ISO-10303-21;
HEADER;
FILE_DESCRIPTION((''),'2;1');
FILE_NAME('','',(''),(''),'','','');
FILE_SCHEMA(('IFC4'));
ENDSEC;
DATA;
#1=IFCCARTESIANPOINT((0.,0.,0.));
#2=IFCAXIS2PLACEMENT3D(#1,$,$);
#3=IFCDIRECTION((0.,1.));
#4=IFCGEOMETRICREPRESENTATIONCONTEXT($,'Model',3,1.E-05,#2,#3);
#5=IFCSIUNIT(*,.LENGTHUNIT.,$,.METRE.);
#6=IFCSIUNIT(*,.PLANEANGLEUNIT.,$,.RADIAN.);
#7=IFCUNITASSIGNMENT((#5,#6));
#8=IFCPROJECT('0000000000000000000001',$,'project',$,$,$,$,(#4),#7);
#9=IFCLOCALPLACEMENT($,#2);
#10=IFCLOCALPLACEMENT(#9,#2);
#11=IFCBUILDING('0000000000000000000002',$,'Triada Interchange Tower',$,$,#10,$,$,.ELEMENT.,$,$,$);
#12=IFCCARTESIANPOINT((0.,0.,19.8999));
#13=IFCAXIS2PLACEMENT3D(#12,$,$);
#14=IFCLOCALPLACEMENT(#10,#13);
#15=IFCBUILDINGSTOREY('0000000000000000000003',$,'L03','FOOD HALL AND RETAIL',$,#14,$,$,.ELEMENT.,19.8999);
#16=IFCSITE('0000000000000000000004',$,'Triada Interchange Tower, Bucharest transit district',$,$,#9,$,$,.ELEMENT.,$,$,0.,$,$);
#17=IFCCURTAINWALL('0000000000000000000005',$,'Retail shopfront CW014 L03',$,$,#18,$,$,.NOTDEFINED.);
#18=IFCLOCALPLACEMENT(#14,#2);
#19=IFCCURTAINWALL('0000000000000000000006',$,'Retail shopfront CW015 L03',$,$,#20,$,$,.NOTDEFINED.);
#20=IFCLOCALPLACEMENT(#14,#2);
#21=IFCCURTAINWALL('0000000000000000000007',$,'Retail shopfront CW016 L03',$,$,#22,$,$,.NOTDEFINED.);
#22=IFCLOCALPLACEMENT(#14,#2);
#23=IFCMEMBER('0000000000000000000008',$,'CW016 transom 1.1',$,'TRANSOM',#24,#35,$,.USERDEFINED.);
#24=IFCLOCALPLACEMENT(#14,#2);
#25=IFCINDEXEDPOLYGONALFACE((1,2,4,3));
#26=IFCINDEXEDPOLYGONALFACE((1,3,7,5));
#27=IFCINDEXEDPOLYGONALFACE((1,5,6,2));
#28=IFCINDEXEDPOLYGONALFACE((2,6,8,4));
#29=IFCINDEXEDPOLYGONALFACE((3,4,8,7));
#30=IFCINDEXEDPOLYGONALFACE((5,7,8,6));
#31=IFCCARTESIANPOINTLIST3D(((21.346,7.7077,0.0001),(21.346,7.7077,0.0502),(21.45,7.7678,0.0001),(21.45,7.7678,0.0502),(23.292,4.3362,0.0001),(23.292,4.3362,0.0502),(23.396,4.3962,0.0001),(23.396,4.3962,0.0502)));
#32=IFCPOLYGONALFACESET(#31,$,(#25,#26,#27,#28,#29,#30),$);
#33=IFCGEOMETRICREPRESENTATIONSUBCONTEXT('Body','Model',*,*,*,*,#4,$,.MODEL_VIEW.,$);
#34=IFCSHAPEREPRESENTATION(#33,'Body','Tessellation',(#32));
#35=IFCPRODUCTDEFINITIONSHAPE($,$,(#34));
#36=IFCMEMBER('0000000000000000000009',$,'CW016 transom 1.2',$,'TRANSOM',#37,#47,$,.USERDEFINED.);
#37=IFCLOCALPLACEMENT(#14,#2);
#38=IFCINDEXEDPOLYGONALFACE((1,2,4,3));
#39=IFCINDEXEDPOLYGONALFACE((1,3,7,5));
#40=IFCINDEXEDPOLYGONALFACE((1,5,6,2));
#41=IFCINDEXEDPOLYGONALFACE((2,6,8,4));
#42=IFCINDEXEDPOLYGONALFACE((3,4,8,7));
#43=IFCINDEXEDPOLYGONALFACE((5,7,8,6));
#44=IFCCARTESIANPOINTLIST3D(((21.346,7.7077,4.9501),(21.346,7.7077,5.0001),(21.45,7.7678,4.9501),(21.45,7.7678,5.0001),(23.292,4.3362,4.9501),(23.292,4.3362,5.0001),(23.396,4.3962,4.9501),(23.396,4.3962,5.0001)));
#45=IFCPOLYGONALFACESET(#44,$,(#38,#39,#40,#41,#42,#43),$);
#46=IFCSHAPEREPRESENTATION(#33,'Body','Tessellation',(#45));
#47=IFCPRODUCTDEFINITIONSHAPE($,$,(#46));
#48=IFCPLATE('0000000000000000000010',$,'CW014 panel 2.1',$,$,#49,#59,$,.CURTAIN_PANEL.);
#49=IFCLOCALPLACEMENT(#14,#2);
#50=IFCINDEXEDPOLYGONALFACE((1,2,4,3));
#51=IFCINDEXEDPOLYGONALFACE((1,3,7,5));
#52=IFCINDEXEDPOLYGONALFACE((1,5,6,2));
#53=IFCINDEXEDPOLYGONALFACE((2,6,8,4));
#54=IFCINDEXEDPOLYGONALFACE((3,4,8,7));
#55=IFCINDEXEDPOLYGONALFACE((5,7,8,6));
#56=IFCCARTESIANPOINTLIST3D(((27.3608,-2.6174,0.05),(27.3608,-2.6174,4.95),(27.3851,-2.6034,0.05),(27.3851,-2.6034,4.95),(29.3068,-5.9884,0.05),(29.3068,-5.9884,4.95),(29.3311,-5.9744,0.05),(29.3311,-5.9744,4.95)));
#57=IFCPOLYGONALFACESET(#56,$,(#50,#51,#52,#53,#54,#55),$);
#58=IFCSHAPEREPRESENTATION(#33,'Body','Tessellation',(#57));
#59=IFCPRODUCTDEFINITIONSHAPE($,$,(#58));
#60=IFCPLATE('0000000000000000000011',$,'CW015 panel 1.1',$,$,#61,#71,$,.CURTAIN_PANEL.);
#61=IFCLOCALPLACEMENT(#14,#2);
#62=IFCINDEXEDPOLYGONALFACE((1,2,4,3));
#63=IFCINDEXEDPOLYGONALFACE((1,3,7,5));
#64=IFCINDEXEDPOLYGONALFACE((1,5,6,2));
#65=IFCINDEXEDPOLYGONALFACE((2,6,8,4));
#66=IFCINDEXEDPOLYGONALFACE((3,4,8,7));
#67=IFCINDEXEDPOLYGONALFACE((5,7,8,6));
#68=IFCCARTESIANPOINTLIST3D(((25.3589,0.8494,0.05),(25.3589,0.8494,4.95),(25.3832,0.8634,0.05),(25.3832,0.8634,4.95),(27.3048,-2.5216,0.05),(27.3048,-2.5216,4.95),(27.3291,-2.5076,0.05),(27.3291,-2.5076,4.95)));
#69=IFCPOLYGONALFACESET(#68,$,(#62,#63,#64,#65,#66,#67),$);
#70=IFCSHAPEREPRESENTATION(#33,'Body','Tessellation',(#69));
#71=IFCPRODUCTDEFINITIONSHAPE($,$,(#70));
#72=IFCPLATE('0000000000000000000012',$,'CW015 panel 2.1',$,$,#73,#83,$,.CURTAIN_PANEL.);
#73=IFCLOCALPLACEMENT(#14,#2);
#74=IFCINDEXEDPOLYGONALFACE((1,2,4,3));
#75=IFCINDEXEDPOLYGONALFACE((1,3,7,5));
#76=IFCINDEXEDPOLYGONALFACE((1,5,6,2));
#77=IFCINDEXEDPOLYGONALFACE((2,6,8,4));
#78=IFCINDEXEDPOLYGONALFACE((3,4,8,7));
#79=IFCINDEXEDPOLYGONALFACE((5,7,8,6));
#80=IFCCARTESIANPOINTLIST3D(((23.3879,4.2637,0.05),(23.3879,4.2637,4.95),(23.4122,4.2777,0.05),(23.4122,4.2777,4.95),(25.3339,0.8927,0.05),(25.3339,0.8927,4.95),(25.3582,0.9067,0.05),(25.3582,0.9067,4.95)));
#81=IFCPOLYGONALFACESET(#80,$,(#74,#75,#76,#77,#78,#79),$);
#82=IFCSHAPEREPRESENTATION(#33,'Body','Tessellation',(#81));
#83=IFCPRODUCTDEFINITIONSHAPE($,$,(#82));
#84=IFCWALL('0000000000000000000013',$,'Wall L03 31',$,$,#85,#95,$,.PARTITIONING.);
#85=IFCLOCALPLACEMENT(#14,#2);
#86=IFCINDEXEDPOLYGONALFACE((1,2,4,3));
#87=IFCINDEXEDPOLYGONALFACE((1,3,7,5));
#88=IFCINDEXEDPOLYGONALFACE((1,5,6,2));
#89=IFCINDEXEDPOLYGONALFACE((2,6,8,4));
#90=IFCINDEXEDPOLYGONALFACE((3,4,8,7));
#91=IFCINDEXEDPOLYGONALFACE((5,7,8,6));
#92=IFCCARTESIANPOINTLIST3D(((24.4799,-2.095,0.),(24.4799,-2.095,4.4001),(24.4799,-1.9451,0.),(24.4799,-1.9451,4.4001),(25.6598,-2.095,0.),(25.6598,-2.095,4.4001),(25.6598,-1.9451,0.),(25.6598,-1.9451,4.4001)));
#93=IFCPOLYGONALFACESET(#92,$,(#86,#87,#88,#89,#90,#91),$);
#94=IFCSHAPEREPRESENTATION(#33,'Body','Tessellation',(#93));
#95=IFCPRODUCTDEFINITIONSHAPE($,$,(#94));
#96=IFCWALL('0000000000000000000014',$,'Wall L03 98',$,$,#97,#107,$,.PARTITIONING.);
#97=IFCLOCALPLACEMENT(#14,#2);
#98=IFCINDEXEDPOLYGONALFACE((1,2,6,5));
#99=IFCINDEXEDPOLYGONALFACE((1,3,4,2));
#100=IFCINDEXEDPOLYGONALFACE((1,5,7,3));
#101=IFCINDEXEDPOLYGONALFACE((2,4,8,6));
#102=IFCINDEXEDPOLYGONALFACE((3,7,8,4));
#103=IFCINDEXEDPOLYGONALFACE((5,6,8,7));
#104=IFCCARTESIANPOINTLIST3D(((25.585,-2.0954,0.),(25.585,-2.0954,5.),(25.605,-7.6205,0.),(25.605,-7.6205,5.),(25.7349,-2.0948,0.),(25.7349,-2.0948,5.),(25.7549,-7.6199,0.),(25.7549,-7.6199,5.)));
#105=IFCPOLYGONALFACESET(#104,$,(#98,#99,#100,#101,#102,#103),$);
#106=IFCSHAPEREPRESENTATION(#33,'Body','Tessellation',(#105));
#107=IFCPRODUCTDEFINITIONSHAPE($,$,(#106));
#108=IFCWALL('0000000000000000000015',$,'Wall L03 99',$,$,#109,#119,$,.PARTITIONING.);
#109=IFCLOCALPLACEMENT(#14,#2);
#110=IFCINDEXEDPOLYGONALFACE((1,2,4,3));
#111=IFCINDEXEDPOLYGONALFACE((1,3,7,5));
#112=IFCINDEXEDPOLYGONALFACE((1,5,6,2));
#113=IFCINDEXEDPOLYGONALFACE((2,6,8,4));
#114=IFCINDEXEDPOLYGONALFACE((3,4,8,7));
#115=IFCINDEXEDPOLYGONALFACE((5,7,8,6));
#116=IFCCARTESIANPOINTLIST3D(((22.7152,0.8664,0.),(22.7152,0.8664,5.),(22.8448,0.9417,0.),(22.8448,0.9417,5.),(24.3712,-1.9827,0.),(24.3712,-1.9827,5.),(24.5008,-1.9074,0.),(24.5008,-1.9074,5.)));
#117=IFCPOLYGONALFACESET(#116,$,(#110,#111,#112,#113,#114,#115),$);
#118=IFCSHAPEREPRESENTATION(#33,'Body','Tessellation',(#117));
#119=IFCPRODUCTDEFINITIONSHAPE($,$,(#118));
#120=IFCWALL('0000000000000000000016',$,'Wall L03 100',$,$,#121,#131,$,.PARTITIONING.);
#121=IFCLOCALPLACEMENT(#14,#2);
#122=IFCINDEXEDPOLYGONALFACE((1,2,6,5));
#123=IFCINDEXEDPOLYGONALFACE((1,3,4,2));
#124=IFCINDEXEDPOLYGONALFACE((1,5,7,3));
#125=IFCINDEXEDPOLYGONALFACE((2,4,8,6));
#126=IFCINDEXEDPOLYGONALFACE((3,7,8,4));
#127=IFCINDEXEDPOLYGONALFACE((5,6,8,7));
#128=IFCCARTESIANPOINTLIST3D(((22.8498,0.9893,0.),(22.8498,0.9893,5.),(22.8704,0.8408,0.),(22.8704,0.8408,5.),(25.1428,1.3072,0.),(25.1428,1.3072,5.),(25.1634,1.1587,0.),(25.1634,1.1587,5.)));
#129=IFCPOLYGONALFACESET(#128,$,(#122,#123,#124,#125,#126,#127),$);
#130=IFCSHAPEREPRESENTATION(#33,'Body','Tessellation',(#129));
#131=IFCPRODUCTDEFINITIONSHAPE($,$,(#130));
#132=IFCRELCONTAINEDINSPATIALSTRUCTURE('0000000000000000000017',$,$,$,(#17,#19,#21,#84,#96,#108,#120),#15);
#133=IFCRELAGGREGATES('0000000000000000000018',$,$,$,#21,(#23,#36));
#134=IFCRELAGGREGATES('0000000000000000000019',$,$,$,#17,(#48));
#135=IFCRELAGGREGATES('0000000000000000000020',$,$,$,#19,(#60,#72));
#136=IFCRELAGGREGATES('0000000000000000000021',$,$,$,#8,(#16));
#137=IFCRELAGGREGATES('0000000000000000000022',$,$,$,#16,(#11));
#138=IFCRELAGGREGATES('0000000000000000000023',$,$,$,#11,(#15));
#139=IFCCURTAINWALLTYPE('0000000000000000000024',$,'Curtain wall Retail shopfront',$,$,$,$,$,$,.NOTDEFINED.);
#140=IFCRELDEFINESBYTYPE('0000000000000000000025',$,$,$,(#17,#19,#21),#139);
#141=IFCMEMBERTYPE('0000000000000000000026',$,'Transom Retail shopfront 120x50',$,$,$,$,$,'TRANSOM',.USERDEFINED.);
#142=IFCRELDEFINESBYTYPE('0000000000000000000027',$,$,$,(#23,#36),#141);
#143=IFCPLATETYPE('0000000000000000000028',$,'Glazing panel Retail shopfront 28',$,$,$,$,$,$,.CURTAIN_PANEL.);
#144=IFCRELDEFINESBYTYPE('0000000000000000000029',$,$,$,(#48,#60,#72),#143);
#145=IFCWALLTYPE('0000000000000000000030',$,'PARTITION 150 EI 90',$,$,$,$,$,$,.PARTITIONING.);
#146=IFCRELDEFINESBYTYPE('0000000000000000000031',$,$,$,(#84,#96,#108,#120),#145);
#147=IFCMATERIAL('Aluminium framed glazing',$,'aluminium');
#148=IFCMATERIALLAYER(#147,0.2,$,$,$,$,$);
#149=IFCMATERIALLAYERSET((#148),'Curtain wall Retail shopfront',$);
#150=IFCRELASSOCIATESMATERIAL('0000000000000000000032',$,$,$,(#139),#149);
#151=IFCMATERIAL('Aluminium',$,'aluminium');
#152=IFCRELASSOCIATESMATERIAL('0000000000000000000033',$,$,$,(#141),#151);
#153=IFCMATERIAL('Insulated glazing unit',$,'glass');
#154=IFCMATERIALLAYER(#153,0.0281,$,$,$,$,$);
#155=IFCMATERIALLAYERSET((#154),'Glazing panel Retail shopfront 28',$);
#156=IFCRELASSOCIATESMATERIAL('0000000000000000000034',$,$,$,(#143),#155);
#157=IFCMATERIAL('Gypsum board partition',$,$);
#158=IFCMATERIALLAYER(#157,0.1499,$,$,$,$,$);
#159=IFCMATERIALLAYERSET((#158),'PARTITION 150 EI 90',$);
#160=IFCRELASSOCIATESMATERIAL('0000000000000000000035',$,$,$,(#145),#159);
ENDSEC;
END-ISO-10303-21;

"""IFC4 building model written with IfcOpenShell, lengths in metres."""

from ifc_helpers import new_model, si_unit, direction, frame, frame_2d, origin, origin_2d, place, context, subcontext, project, spatial, rectangle, extrude, material, layer, layer_set, material_profile, profile_set, type_object, element, aggregate, save


model = new_model("IFC4")

# Units and contexts
model_context = context("Model", 3, precision=1e-05, world=origin(), true_north=direction((0.0, 1.0)))
body_context = subcontext(model_context, "Body", "Model", "MODEL_VIEW")
ifc_project = project(units=[si_unit("LENGTHUNIT", "METRE"), si_unit("PLANEANGLEUNIT", "RADIAN")], contexts=[model_context])

# Site, building, storey
site_placement = place(None, origin())
site = spatial("IfcSite", under=ifc_project, at=site_placement, Name="Triada Interchange Tower, Bucharest transit district", CompositionType="ELEMENT", RefElevation=0.0)
building_placement = place(site_placement, origin())
building = spatial("IfcBuilding", under=site, at=building_placement, Name="Triada Interchange Tower", CompositionType="ELEMENT")
storey_placement = place(building_placement, frame((0.0, 0.0, 19.8999)))
storey = spatial("IfcBuildingStorey", under=building, at=storey_placement, Name="L03", Description="FOOD HALL AND RETAIL", CompositionType="ELEMENT", Elevation=19.8999)

# Curtain wall
ifc_material_1 = material(Name="Aluminium framed glazing", Category="aluminium")
ifc_layer_1 = layer(ifc_material_1, 0.2)
ifc_layer_set_1 = layer_set([ifc_layer_1], Name="Curtain wall Retail shopfront")
curtain_wall_type = type_object("IfcCurtainWallType", Name="Curtain wall Retail shopfront", PredefinedType="NOTDEFINED", material=ifc_layer_set_1)
curtain_wall_1_placement = place(storey_placement, origin())
curtain_wall_1 = element("IfcCurtainWall", 1, at=curtain_wall_1_placement, inside=storey, type_object=curtain_wall_type, Name="Retail shopfront CW014 L03", PredefinedType="NOTDEFINED")
ifc_material_2 = material(Name="Aluminium", Category="aluminium")

# Curtain wall
curtain_wall_2_placement = place(storey_placement, origin())
curtain_wall_2 = element("IfcCurtainWall", 2, at=curtain_wall_2_placement, inside=storey, type_object=curtain_wall_type, Name="Retail shopfront CW015 L03", PredefinedType="NOTDEFINED")

# Curtain wall
curtain_wall_3_placement = place(storey_placement, origin())
curtain_wall_3 = element("IfcCurtainWall", 3, at=curtain_wall_3_placement, inside=storey, type_object=curtain_wall_type, Name="Retail shopfront CW016 L03", PredefinedType="NOTDEFINED")

# Members
ifc_material_profile_1 = material_profile(ifc_material_2, rectangle(XDim=0.1201, YDim=0.05, at=origin_2d()), Name="Aluminium transom")
ifc_profile_set_1 = profile_set([ifc_material_profile_1], Name="Aluminium")
member_type_1 = type_object("IfcMemberType", Name="Transom Retail shopfront 120x50", ElementType="TRANSOM", PredefinedType="USERDEFINED", material=ifc_profile_set_1)
member_1_placement = place(storey_placement, frame((23.344, 4.3662, 0.0251), z_axis=(-0.499896, 0.866085, 0.0), x_axis=(-0.866085, -0.499896, 0.0)))
member_1 = element("IfcMember", 4, at=member_1_placement, type_object=member_type_1, Name="CW016 transom 1.1", ObjectType="TRANSOM", PredefinedType="USERDEFINED", context=body_context, shape_type="SweptSolid", body=[
    extrude(rectangle(XDim=0.1201, YDim=0.05, at=origin_2d()), origin(), (0.0, 0.0, 1.0), 3.8928),
])
member_2_placement = place(storey_placement, frame((23.344, 4.3662, 4.9751), z_axis=(-0.499896, 0.866085, 0.0), x_axis=(-0.866085, -0.499896, 0.0)))
member_2 = element("IfcMember", 5, at=member_2_placement, type_object=member_type_1, Name="CW016 transom 1.2", ObjectType="TRANSOM", PredefinedType="USERDEFINED", context=body_context, shape_type="SweptSolid", body=[
    extrude(rectangle(XDim=0.1201, YDim=0.05, at=origin_2d()), origin(), (0.0, 0.0, 1.0), 3.8928),
])
aggregate(curtain_wall_3, [member_1, member_2])

# Plates
ifc_material_3 = material(Name="Insulated glazing unit", Category="glass")
ifc_layer_2 = layer(ifc_material_3, 0.0281)
ifc_layer_set_2 = layer_set([ifc_layer_2], Name="Glazing panel Retail shopfront 28")
plate_type = type_object("IfcPlateType", Name="Glazing panel Retail shopfront 28", PredefinedType="CURTAIN_PANEL", material=ifc_layer_set_2)
plate_1_placement = place(storey_placement, frame((28.3459, -4.2959, 0.05), z_axis=(0.0, 0.0, 1.0), x_axis=(-0.499948, 0.866055, 0.0)))
plate_1 = element("IfcPlate", 6, at=plate_1_placement, type_object=plate_type, Name="CW014 panel 2.1", PredefinedType="CURTAIN_PANEL", context=body_context, shape_type="SweptSolid", body=[
    extrude(rectangle(XDim=3.8923, YDim=0.0281, at=origin_2d()), origin(), (0.0, 0.0, 1.0), 4.8999),
])
aggregate(curtain_wall_1, [plate_1])
plate_2_placement = place(storey_placement, frame((26.344, -0.8291, 0.05), z_axis=(0.0, 0.0, 1.0), x_axis=(-0.499948, 0.866055, 0.0)))
plate_2 = element("IfcPlate", 7, at=plate_2_placement, type_object=plate_type, Name="CW015 panel 1.1", PredefinedType="CURTAIN_PANEL", context=body_context, shape_type="SweptSolid", body=[
    extrude(rectangle(XDim=3.8923, YDim=0.0281, at=origin_2d()), origin(), (0.0, 0.0, 1.0), 4.8999),
])
plate_3_placement = place(storey_placement, frame((24.373, 2.5852, 0.05), z_axis=(0.0, 0.0, 1.0), x_axis=(-0.499948, 0.866055, 0.0)))
plate_3 = element("IfcPlate", 8, at=plate_3_placement, type_object=plate_type, Name="CW015 panel 2.1", PredefinedType="CURTAIN_PANEL", context=body_context, shape_type="SweptSolid", body=[
    extrude(rectangle(XDim=3.8923, YDim=0.0281, at=origin_2d()), origin(), (0.0, 0.0, 1.0), 4.8999),
])
aggregate(curtain_wall_2, [plate_2, plate_3])

# Walls
ifc_material_4 = material(Name="Gypsum board partition")
ifc_layer_3 = layer(ifc_material_4, 0.1499)
ifc_layer_set_3 = layer_set([ifc_layer_3], Name="PARTITION 150 EI 90")
wall_type = type_object("IfcWallType", Name="PARTITION 150 EI 90", PredefinedType="PARTITIONING", material=ifc_layer_set_3)
wall_1_placement = place(storey_placement, frame((24.48, -2.02, 0.0), z_axis=(0.0, 0.0, 1.0), x_axis=(1.0, 0.0, 0.0)))
element("IfcWall", 9, at=wall_1_placement, inside=storey, type_object=wall_type, Name="Wall L03 31", PredefinedType="PARTITIONING", context=body_context, shape_type="SweptSolid", body=[
    extrude(rectangle(XDim=1.1799, YDim=0.1499, at=frame_2d((0.5898, 0.0))), origin(), (0.0, 0.0, 1.0), 4.4001),
])
wall_2_placement = place(storey_placement, frame((25.6599, -2.095, 0.0), z_axis=(0.0, 0.0, 1.0), x_axis=(0.003623, -0.999993, 0.0)))
element("IfcWall", 10, at=wall_2_placement, inside=storey, type_object=wall_type, Name="Wall L03 98", PredefinedType="PARTITIONING", context=body_context, shape_type="SweptSolid", body=[
    extrude(rectangle(XDim=5.5251, YDim=0.1499, at=frame_2d((2.7627, 0.0))), origin(), (0.0, 0.0, 1.0), 5.0),
])
wall_3_placement = place(storey_placement, frame((22.78, 0.9041, 0.0), z_axis=(0.0, 0.0, 1.0), x_axis=(0.502516, -0.864568, 0.0)))
element("IfcWall", 11, at=wall_3_placement, inside=storey, type_object=wall_type, Name="Wall L03 99", PredefinedType="PARTITIONING", context=body_context, shape_type="SweptSolid", body=[
    extrude(rectangle(XDim=3.2954, YDim=0.1499, at=frame_2d((1.6477, 0.0))), origin(), (0.0, 0.0, 1.0), 5.0),
])
wall_4_placement = place(storey_placement, frame((22.8601, 0.915, 0.0), z_axis=(0.0, 0.0, 1.0), x_axis=(0.990527, 0.137315, 0.0)))
element("IfcWall", 12, at=wall_4_placement, inside=storey, type_object=wall_type, Name="Wall L03 100", PredefinedType="PARTITIONING", context=body_context, shape_type="SweptSolid", body=[
    extrude(rectangle(XDim=2.3149, YDim=0.1499, at=frame_2d((1.1575, 0.0))), origin(), (0.0, 0.0, 1.0), 5.0),
])

save(model, "model.ifc")
